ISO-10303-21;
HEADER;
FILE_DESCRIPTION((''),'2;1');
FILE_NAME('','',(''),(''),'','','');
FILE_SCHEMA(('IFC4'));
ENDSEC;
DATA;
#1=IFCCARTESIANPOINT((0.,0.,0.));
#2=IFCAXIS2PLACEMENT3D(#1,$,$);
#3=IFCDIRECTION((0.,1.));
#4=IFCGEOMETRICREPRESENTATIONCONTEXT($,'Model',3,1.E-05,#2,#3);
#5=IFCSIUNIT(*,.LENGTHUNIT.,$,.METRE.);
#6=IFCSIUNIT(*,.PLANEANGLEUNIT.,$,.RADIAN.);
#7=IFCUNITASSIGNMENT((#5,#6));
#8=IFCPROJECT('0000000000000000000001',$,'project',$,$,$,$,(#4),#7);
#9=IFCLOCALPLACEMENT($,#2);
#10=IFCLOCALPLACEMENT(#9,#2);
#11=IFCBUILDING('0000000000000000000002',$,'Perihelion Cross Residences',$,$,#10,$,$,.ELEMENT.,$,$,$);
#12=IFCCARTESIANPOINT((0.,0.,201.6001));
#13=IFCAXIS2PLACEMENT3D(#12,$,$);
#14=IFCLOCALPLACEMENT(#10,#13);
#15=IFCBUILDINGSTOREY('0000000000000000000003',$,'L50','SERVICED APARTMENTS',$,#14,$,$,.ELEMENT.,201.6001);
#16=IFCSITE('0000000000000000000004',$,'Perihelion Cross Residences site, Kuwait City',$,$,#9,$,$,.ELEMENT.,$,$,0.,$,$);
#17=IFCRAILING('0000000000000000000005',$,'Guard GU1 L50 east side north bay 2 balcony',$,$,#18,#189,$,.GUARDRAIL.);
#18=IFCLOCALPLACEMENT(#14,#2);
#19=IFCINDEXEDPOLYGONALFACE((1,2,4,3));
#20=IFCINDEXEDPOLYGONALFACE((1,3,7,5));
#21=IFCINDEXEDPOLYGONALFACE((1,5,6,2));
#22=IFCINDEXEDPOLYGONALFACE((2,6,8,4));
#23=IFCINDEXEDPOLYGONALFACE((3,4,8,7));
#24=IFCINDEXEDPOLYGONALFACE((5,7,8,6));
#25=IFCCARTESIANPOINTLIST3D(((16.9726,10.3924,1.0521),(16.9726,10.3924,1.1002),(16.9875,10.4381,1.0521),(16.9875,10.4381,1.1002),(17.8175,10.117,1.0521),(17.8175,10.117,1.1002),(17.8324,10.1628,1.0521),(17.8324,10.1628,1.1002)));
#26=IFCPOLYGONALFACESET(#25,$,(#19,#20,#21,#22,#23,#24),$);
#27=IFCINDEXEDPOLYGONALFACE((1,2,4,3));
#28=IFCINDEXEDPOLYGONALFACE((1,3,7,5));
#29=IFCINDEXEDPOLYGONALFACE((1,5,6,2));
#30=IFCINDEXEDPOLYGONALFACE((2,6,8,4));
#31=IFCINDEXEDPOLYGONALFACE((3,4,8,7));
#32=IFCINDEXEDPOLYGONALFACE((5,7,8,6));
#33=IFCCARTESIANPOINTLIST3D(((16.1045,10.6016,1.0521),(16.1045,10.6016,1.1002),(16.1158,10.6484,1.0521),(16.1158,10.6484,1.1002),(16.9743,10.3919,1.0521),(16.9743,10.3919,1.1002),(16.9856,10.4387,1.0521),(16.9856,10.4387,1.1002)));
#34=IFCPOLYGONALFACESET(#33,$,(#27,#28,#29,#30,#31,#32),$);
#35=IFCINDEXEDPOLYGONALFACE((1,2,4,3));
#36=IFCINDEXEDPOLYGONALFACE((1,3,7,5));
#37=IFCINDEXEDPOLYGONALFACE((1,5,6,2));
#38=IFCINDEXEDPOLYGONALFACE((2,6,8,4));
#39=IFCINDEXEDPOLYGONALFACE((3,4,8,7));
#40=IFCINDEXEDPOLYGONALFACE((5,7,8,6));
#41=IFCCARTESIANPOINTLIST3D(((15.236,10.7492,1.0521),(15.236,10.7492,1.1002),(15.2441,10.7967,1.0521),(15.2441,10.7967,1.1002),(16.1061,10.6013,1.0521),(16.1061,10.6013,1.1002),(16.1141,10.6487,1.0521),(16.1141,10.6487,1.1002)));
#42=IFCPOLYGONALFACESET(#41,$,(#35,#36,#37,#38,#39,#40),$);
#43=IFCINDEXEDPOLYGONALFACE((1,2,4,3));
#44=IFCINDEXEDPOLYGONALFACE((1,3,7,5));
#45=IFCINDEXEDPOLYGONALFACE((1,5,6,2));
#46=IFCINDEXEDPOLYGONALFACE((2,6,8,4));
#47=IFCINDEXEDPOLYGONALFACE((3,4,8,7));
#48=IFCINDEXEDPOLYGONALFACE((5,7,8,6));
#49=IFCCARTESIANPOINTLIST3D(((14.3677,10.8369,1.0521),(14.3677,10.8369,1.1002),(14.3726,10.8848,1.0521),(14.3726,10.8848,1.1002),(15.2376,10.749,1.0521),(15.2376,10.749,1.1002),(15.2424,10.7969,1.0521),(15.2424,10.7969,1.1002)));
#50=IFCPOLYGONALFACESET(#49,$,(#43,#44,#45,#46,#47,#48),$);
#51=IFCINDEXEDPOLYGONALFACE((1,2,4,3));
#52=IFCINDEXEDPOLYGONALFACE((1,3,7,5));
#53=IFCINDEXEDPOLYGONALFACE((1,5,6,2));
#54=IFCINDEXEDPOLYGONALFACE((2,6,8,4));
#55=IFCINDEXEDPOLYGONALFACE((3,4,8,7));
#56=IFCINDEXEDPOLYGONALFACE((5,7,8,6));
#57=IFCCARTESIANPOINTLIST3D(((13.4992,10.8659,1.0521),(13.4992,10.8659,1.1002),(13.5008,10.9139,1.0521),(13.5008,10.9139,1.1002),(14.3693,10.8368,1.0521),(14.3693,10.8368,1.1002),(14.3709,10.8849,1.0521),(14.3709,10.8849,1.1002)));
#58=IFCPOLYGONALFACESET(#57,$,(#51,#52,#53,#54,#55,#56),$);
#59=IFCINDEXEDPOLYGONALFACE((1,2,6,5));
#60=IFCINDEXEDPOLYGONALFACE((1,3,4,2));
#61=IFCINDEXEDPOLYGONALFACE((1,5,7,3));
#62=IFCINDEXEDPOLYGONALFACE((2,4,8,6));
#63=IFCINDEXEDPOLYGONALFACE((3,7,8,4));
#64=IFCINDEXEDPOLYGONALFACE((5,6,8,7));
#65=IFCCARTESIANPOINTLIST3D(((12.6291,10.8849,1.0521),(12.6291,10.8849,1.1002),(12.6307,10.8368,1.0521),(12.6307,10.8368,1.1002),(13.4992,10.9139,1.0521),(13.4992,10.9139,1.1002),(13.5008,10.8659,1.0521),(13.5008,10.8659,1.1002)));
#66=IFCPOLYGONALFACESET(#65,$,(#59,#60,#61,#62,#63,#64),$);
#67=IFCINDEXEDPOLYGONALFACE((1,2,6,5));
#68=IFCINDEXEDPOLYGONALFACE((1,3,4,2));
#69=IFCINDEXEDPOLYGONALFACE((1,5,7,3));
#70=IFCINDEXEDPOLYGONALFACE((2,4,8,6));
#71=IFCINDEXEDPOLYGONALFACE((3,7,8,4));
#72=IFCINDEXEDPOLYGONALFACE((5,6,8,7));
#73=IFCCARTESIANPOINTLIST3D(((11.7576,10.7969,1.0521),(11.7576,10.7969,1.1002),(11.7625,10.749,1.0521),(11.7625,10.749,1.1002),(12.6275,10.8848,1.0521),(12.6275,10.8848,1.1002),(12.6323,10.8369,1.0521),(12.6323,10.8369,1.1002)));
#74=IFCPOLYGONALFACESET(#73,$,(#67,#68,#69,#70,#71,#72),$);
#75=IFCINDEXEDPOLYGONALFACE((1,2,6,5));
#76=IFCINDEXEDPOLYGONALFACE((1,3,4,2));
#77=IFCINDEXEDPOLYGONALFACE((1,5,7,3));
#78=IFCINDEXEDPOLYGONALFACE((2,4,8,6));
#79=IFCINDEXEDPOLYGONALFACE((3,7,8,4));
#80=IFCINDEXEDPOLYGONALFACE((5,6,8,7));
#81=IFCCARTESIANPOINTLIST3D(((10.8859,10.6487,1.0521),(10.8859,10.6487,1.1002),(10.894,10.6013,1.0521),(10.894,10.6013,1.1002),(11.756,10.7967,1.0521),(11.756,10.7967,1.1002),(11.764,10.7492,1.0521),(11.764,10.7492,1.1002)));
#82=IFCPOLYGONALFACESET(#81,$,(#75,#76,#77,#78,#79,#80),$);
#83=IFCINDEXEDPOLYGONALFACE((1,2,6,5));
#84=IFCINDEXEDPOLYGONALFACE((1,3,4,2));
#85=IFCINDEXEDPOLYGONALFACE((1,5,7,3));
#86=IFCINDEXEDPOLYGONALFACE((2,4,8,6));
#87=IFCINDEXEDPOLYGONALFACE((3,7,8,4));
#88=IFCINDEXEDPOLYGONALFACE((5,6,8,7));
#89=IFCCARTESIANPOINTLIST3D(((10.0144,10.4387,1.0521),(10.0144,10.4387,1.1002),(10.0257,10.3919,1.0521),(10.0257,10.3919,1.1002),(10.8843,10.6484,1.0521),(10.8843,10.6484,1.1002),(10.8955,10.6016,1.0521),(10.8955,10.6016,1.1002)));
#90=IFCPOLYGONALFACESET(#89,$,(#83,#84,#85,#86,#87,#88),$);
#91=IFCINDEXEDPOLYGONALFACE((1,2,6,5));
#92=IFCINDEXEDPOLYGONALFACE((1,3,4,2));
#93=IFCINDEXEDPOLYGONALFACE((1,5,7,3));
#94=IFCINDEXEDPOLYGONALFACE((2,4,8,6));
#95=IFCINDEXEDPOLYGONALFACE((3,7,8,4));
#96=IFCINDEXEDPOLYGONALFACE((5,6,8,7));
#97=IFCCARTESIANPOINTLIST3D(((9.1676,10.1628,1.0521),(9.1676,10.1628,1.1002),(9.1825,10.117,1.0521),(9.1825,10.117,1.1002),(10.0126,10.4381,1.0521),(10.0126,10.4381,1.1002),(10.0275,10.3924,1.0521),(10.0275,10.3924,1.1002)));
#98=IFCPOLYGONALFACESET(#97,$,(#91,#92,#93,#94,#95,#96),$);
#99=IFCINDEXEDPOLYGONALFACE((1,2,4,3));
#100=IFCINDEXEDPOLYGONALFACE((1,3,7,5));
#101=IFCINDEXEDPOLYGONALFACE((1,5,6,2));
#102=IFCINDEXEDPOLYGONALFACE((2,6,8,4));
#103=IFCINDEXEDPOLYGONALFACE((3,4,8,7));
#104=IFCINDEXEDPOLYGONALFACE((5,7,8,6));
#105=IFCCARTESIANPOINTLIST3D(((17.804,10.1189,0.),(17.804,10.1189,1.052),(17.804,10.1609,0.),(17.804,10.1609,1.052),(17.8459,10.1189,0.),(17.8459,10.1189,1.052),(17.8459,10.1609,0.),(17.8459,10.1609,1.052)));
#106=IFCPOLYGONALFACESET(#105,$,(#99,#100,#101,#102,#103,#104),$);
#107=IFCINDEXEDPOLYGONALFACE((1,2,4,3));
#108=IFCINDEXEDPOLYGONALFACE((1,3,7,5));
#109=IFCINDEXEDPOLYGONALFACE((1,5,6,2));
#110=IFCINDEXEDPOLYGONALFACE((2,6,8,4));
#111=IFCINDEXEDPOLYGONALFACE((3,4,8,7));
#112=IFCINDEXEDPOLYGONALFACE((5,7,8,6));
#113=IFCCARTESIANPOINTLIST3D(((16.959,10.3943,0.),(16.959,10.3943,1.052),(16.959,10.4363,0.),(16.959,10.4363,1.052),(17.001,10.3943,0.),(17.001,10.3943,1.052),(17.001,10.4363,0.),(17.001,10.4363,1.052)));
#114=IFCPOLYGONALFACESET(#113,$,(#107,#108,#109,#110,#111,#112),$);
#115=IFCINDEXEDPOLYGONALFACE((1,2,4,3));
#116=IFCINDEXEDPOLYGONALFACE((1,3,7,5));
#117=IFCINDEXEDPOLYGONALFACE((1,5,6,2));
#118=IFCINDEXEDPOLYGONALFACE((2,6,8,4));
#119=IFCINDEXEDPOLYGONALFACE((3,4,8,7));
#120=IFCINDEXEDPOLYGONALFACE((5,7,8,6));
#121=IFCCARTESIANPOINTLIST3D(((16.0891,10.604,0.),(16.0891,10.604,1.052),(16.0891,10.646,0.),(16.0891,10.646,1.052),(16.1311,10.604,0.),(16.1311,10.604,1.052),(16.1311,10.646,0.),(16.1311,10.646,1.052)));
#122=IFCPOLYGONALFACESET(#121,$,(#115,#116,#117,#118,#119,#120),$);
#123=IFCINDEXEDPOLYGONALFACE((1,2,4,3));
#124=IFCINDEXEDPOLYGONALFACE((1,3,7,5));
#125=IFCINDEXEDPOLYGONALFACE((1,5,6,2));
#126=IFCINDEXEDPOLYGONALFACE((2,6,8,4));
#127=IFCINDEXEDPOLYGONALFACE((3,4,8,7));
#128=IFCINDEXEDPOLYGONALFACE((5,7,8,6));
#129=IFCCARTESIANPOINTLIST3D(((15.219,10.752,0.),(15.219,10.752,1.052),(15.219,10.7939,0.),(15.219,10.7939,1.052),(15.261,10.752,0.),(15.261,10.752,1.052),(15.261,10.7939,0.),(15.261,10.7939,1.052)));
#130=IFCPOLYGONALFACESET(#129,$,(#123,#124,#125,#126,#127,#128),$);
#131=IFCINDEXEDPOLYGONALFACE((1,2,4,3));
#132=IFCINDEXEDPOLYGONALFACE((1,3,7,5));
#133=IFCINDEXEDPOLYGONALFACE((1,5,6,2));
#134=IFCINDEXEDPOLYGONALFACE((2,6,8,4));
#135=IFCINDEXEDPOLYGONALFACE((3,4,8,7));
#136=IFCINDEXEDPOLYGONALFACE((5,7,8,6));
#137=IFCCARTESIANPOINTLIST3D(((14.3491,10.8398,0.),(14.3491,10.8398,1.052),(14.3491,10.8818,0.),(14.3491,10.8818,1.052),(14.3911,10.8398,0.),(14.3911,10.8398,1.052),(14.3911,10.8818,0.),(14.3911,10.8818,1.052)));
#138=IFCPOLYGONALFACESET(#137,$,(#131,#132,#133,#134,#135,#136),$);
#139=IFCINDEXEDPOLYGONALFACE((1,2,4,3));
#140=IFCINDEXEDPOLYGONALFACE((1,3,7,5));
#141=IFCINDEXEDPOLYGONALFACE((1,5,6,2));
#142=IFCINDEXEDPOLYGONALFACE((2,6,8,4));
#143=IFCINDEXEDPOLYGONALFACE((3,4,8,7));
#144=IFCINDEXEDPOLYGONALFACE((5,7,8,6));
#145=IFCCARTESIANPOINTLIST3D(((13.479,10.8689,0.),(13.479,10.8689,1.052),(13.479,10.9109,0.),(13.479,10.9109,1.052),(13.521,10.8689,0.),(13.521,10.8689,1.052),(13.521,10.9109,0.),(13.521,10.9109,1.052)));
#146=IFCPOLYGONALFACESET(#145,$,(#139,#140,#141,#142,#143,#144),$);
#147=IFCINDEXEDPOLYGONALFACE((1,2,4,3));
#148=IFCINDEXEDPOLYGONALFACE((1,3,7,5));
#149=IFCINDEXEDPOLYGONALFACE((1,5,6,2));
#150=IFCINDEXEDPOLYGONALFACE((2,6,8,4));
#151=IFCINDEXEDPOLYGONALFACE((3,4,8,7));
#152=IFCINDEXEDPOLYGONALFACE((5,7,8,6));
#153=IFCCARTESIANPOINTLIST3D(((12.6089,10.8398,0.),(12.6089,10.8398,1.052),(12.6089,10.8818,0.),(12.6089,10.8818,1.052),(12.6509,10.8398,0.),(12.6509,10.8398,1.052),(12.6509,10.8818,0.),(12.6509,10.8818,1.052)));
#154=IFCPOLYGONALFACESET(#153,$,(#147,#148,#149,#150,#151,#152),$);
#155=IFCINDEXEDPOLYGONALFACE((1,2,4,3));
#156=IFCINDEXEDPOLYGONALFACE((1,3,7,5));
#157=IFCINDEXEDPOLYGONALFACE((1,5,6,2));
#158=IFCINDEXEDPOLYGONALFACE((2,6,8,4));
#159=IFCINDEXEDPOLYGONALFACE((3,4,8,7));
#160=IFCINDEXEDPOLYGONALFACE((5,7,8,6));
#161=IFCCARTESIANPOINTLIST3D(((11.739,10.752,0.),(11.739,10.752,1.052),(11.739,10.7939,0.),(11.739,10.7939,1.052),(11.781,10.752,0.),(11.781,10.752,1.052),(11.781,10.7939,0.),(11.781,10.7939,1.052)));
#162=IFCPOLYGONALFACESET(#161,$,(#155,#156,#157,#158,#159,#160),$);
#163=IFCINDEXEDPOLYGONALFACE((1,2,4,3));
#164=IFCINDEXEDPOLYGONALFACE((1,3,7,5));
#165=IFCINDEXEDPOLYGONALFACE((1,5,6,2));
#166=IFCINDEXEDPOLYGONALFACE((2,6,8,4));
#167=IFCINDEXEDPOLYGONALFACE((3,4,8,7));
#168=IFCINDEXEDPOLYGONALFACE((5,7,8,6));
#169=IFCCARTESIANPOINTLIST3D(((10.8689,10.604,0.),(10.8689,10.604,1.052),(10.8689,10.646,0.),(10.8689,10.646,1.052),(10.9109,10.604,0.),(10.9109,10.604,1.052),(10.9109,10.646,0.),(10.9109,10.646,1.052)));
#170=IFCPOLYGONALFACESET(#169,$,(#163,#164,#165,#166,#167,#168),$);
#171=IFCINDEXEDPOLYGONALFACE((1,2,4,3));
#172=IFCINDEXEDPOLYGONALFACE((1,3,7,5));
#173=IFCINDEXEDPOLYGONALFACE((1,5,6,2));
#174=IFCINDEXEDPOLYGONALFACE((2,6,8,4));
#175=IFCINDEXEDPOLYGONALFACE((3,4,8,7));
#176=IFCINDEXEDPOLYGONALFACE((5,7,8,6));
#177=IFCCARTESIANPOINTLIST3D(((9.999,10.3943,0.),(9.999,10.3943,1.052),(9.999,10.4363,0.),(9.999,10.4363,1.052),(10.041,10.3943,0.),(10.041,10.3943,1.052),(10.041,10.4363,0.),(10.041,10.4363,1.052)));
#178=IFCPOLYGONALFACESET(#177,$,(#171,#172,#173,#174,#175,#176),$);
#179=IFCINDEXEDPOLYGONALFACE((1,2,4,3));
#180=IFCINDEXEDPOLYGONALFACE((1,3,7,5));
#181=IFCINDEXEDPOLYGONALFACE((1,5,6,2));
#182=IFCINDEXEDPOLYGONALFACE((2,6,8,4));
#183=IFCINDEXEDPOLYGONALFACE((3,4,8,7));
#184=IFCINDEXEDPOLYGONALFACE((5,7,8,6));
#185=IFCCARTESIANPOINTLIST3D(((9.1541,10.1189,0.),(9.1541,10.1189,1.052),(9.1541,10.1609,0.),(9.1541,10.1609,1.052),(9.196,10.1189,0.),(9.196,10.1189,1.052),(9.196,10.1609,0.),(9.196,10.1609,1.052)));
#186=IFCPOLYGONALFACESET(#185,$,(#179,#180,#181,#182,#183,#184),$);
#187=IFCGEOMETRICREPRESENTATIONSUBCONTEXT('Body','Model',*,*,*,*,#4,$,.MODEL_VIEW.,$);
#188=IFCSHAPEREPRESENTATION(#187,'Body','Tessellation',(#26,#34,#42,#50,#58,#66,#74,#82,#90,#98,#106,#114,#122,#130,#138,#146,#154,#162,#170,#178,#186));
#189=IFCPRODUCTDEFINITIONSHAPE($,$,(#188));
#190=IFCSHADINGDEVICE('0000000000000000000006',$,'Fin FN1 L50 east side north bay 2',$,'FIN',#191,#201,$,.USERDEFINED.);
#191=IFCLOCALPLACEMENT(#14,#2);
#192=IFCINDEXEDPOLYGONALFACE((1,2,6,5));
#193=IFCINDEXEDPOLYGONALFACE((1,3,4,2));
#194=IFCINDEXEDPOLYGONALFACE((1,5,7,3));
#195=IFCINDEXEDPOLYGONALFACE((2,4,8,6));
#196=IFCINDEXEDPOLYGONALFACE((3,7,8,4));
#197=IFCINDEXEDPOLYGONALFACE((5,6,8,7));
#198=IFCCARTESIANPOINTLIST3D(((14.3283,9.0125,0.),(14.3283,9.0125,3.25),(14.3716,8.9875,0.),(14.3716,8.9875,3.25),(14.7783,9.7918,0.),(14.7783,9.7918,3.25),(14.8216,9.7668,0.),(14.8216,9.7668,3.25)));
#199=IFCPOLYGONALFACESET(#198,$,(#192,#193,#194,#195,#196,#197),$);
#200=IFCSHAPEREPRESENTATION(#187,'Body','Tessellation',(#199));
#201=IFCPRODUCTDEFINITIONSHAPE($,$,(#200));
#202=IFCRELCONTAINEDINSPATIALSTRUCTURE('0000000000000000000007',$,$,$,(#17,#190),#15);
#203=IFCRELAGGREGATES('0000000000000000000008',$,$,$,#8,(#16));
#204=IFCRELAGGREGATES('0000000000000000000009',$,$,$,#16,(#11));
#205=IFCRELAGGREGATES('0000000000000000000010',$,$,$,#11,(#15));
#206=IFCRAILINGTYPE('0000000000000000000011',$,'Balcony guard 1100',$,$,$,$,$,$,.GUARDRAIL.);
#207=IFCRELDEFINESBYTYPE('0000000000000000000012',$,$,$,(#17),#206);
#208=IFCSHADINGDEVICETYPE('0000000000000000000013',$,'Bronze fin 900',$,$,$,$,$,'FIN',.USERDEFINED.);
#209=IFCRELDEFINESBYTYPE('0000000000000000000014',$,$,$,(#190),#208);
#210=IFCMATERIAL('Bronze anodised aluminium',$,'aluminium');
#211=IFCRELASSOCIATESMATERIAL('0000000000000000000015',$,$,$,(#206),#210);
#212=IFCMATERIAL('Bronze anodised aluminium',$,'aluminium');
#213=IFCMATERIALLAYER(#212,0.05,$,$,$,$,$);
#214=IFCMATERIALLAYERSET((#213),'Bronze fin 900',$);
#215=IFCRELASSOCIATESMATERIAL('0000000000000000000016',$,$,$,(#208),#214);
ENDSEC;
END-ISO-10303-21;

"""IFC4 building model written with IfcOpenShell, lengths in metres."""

from ifc_helpers import new_model, si_unit, direction, frame, origin, origin_2d, place, context, subcontext, project, spatial, rectangle, extrude, material, layer, layer_set, type_object, element, save


model = new_model("IFC4")

# Units and contexts
model_context = context("Model", 3, precision=1e-05, world=origin(), true_north=direction((0.0, 1.0)))
body_context = subcontext(model_context, "Body", "Model", "MODEL_VIEW")
ifc_project = project(units=[si_unit("LENGTHUNIT", "METRE"), si_unit("PLANEANGLEUNIT", "RADIAN")], contexts=[model_context])

# Site, building, storey
site_placement = place(None, origin())
site = spatial("IfcSite", under=ifc_project, at=site_placement, Name="Perihelion Cross Residences site, Kuwait City", CompositionType="ELEMENT", RefElevation=0.0)
building_placement = place(site_placement, origin())
building = spatial("IfcBuilding", under=site, at=building_placement, Name="Perihelion Cross Residences", CompositionType="ELEMENT")
storey_placement = place(building_placement, frame((0.0, 0.0, 201.6001)))
storey = spatial("IfcBuildingStorey", under=building, at=storey_placement, Name="L50", Description="SERVICED APARTMENTS", CompositionType="ELEMENT", Elevation=201.6001)

# Railing
ifc_material_1 = material(Name="Bronze anodised aluminium", Category="aluminium")
railing_type = type_object("IfcRailingType", Name="Balcony guard 1100", PredefinedType="GUARDRAIL", material=ifc_material_1)
railing_placement = place(storey_placement, frame((17.825, 10.1399, 0.0)))
element("IfcRailing", 1, at=railing_placement, inside=storey, type_object=railing_type, Name="Guard GU1 L50 east side north bay 2 balcony", PredefinedType="GUARDRAIL", context=body_context, shape_type="SweptSolid", body=[
    extrude(rectangle(XDim=0.0481, YDim=0.0481, at=origin_2d()), frame((0.0, 0.0, 1.0762), z_axis=(-0.950777, 0.309875, 0.0), x_axis=(-0.309875, -0.950777, 0.0)), (0.0, 0.0, 1.0), 0.8887),
    extrude(rectangle(XDim=0.0481, YDim=0.0481, at=origin_2d()), frame((-0.845, 0.2754, 1.0762), z_axis=(-0.972147, 0.234374, 0.0), x_axis=(-0.234374, -0.972147, 0.0)), (0.0, 0.0, 1.0), 0.8948),
    extrude(rectangle(XDim=0.0481, YDim=0.0481, at=origin_2d()), frame((-1.7148, 0.4851, 1.0762), z_axis=(-0.98585, 0.167628, 0.0), x_axis=(-0.167628, -0.98585, 0.0)), (0.0, 0.0, 1.0), 0.8826),
    extrude(rectangle(XDim=0.0481, YDim=0.0481, at=origin_2d()), frame((-2.585, 0.6331, 1.0762), z_axis=(-0.994934, 0.100527, 0.0), x_axis=(-0.100527, -0.994934, 0.0)), (0.0, 0.0, 1.0), 0.8743),
    extrude(rectangle(XDim=0.0481, YDim=0.0481, at=origin_2d()), frame((-3.4548, 0.7209, 1.0762), z_axis=(-0.999443, 0.033371, 0.0), x_axis=(-0.033371, -0.999443, 0.0)), (0.0, 0.0, 1.0), 0.8706),
    extrude(rectangle(XDim=0.0481, YDim=0.0481, at=origin_2d()), frame((-4.325, 0.75, 1.0762), z_axis=(-0.999443, -0.033371, 0.0), x_axis=(0.033371, -0.999443, 0.0)), (0.0, 0.0, 1.0), 0.8706),
    extrude(rectangle(XDim=0.0481, YDim=0.0481, at=origin_2d()), frame((-5.1951, 0.7209, 1.0762), z_axis=(-0.994934, -0.100527, 0.0), x_axis=(0.100527, -0.994934, 0.0)), (0.0, 0.0, 1.0), 0.8743),
    extrude(rectangle(XDim=0.0481, YDim=0.0481, at=origin_2d()), frame((-6.0649, 0.6331, 1.0762), z_axis=(-0.98585, -0.167628, 0.0), x_axis=(0.167628, -0.98585, 0.0)), (0.0, 0.0, 1.0), 0.8826),
    extrude(rectangle(XDim=0.0481, YDim=0.0481, at=origin_2d()), frame((-6.9351, 0.4851, 1.0762), z_axis=(-0.972147, -0.234374, 0.0), x_axis=(0.234374, -0.972147, 0.0)), (0.0, 0.0, 1.0), 0.8948),
    extrude(rectangle(XDim=0.0481, YDim=0.0481, at=origin_2d()), frame((-7.8049, 0.2754, 1.0762), z_axis=(-0.950777, -0.309875, 0.0), x_axis=(0.309875, -0.950777, 0.0)), (0.0, 0.0, 1.0), 0.8887),
    extrude(rectangle(XDim=0.042, YDim=0.042, at=origin_2d()), origin(), (0.0, 0.0, 1.0), 1.052),
    extrude(rectangle(XDim=0.042, YDim=0.042, at=origin_2d()), frame((-0.845, 0.2754, 0.0)), (0.0, 0.0, 1.0), 1.052),
    extrude(rectangle(XDim=0.042, YDim=0.042, at=origin_2d()), frame((-1.7148, 0.4851, 0.0)), (0.0, 0.0, 1.0), 1.052),
    extrude(rectangle(XDim=0.042, YDim=0.042, at=origin_2d()), frame((-2.585, 0.6331, 0.0)), (0.0, 0.0, 1.0), 1.052),
    extrude(rectangle(XDim=0.042, YDim=0.042, at=origin_2d()), frame((-3.4548, 0.7209, 0.0)), (0.0, 0.0, 1.0), 1.052),
    extrude(rectangle(XDim=0.042, YDim=0.042, at=origin_2d()), frame((-4.325, 0.75, 0.0)), (0.0, 0.0, 1.0), 1.052),
    extrude(rectangle(XDim=0.042, YDim=0.042, at=origin_2d()), frame((-5.1951, 0.7209, 0.0)), (0.0, 0.0, 1.0), 1.052),
    extrude(rectangle(XDim=0.042, YDim=0.042, at=origin_2d()), frame((-6.0649, 0.6331, 0.0)), (0.0, 0.0, 1.0), 1.052),
    extrude(rectangle(XDim=0.042, YDim=0.042, at=origin_2d()), frame((-6.9351, 0.4851, 0.0)), (0.0, 0.0, 1.0), 1.052),
    extrude(rectangle(XDim=0.042, YDim=0.042, at=origin_2d()), frame((-7.8049, 0.2754, 0.0)), (0.0, 0.0, 1.0), 1.052),
    extrude(rectangle(XDim=0.042, YDim=0.042, at=origin_2d()), frame((-8.6499, 0.0, 0.0)), (0.0, 0.0, 1.0), 1.052),
])

# Shading device
ifc_material_2 = material(Name="Bronze anodised aluminium", Category="aluminium")
ifc_layer_1 = layer(ifc_material_2, 0.05)
ifc_layer_set_1 = layer_set([ifc_layer_1], Name="Bronze fin 900")
shading_device_type = type_object("IfcShadingDeviceType", Name="Bronze fin 900", ElementType="FIN", PredefinedType="USERDEFINED", material=ifc_layer_set_1)
shading_device_placement = place(storey_placement, frame((14.575, 9.3896, 0.0), z_axis=(0.0, 0.0, 1.0), x_axis=(0.5, 0.866025, 0.0)))
element("IfcShadingDevice", 2, at=shading_device_placement, inside=storey, type_object=shading_device_type, Name="Fin FN1 L50 east side north bay 2", ObjectType="FIN", PredefinedType="USERDEFINED", context=body_context, shape_type="SweptSolid", body=[
    extrude(rectangle(XDim=0.8999, YDim=0.05, at=origin_2d()), origin(), (0.0, 0.0, 1.0), 3.25),
])

save(model, "model.ifc")
